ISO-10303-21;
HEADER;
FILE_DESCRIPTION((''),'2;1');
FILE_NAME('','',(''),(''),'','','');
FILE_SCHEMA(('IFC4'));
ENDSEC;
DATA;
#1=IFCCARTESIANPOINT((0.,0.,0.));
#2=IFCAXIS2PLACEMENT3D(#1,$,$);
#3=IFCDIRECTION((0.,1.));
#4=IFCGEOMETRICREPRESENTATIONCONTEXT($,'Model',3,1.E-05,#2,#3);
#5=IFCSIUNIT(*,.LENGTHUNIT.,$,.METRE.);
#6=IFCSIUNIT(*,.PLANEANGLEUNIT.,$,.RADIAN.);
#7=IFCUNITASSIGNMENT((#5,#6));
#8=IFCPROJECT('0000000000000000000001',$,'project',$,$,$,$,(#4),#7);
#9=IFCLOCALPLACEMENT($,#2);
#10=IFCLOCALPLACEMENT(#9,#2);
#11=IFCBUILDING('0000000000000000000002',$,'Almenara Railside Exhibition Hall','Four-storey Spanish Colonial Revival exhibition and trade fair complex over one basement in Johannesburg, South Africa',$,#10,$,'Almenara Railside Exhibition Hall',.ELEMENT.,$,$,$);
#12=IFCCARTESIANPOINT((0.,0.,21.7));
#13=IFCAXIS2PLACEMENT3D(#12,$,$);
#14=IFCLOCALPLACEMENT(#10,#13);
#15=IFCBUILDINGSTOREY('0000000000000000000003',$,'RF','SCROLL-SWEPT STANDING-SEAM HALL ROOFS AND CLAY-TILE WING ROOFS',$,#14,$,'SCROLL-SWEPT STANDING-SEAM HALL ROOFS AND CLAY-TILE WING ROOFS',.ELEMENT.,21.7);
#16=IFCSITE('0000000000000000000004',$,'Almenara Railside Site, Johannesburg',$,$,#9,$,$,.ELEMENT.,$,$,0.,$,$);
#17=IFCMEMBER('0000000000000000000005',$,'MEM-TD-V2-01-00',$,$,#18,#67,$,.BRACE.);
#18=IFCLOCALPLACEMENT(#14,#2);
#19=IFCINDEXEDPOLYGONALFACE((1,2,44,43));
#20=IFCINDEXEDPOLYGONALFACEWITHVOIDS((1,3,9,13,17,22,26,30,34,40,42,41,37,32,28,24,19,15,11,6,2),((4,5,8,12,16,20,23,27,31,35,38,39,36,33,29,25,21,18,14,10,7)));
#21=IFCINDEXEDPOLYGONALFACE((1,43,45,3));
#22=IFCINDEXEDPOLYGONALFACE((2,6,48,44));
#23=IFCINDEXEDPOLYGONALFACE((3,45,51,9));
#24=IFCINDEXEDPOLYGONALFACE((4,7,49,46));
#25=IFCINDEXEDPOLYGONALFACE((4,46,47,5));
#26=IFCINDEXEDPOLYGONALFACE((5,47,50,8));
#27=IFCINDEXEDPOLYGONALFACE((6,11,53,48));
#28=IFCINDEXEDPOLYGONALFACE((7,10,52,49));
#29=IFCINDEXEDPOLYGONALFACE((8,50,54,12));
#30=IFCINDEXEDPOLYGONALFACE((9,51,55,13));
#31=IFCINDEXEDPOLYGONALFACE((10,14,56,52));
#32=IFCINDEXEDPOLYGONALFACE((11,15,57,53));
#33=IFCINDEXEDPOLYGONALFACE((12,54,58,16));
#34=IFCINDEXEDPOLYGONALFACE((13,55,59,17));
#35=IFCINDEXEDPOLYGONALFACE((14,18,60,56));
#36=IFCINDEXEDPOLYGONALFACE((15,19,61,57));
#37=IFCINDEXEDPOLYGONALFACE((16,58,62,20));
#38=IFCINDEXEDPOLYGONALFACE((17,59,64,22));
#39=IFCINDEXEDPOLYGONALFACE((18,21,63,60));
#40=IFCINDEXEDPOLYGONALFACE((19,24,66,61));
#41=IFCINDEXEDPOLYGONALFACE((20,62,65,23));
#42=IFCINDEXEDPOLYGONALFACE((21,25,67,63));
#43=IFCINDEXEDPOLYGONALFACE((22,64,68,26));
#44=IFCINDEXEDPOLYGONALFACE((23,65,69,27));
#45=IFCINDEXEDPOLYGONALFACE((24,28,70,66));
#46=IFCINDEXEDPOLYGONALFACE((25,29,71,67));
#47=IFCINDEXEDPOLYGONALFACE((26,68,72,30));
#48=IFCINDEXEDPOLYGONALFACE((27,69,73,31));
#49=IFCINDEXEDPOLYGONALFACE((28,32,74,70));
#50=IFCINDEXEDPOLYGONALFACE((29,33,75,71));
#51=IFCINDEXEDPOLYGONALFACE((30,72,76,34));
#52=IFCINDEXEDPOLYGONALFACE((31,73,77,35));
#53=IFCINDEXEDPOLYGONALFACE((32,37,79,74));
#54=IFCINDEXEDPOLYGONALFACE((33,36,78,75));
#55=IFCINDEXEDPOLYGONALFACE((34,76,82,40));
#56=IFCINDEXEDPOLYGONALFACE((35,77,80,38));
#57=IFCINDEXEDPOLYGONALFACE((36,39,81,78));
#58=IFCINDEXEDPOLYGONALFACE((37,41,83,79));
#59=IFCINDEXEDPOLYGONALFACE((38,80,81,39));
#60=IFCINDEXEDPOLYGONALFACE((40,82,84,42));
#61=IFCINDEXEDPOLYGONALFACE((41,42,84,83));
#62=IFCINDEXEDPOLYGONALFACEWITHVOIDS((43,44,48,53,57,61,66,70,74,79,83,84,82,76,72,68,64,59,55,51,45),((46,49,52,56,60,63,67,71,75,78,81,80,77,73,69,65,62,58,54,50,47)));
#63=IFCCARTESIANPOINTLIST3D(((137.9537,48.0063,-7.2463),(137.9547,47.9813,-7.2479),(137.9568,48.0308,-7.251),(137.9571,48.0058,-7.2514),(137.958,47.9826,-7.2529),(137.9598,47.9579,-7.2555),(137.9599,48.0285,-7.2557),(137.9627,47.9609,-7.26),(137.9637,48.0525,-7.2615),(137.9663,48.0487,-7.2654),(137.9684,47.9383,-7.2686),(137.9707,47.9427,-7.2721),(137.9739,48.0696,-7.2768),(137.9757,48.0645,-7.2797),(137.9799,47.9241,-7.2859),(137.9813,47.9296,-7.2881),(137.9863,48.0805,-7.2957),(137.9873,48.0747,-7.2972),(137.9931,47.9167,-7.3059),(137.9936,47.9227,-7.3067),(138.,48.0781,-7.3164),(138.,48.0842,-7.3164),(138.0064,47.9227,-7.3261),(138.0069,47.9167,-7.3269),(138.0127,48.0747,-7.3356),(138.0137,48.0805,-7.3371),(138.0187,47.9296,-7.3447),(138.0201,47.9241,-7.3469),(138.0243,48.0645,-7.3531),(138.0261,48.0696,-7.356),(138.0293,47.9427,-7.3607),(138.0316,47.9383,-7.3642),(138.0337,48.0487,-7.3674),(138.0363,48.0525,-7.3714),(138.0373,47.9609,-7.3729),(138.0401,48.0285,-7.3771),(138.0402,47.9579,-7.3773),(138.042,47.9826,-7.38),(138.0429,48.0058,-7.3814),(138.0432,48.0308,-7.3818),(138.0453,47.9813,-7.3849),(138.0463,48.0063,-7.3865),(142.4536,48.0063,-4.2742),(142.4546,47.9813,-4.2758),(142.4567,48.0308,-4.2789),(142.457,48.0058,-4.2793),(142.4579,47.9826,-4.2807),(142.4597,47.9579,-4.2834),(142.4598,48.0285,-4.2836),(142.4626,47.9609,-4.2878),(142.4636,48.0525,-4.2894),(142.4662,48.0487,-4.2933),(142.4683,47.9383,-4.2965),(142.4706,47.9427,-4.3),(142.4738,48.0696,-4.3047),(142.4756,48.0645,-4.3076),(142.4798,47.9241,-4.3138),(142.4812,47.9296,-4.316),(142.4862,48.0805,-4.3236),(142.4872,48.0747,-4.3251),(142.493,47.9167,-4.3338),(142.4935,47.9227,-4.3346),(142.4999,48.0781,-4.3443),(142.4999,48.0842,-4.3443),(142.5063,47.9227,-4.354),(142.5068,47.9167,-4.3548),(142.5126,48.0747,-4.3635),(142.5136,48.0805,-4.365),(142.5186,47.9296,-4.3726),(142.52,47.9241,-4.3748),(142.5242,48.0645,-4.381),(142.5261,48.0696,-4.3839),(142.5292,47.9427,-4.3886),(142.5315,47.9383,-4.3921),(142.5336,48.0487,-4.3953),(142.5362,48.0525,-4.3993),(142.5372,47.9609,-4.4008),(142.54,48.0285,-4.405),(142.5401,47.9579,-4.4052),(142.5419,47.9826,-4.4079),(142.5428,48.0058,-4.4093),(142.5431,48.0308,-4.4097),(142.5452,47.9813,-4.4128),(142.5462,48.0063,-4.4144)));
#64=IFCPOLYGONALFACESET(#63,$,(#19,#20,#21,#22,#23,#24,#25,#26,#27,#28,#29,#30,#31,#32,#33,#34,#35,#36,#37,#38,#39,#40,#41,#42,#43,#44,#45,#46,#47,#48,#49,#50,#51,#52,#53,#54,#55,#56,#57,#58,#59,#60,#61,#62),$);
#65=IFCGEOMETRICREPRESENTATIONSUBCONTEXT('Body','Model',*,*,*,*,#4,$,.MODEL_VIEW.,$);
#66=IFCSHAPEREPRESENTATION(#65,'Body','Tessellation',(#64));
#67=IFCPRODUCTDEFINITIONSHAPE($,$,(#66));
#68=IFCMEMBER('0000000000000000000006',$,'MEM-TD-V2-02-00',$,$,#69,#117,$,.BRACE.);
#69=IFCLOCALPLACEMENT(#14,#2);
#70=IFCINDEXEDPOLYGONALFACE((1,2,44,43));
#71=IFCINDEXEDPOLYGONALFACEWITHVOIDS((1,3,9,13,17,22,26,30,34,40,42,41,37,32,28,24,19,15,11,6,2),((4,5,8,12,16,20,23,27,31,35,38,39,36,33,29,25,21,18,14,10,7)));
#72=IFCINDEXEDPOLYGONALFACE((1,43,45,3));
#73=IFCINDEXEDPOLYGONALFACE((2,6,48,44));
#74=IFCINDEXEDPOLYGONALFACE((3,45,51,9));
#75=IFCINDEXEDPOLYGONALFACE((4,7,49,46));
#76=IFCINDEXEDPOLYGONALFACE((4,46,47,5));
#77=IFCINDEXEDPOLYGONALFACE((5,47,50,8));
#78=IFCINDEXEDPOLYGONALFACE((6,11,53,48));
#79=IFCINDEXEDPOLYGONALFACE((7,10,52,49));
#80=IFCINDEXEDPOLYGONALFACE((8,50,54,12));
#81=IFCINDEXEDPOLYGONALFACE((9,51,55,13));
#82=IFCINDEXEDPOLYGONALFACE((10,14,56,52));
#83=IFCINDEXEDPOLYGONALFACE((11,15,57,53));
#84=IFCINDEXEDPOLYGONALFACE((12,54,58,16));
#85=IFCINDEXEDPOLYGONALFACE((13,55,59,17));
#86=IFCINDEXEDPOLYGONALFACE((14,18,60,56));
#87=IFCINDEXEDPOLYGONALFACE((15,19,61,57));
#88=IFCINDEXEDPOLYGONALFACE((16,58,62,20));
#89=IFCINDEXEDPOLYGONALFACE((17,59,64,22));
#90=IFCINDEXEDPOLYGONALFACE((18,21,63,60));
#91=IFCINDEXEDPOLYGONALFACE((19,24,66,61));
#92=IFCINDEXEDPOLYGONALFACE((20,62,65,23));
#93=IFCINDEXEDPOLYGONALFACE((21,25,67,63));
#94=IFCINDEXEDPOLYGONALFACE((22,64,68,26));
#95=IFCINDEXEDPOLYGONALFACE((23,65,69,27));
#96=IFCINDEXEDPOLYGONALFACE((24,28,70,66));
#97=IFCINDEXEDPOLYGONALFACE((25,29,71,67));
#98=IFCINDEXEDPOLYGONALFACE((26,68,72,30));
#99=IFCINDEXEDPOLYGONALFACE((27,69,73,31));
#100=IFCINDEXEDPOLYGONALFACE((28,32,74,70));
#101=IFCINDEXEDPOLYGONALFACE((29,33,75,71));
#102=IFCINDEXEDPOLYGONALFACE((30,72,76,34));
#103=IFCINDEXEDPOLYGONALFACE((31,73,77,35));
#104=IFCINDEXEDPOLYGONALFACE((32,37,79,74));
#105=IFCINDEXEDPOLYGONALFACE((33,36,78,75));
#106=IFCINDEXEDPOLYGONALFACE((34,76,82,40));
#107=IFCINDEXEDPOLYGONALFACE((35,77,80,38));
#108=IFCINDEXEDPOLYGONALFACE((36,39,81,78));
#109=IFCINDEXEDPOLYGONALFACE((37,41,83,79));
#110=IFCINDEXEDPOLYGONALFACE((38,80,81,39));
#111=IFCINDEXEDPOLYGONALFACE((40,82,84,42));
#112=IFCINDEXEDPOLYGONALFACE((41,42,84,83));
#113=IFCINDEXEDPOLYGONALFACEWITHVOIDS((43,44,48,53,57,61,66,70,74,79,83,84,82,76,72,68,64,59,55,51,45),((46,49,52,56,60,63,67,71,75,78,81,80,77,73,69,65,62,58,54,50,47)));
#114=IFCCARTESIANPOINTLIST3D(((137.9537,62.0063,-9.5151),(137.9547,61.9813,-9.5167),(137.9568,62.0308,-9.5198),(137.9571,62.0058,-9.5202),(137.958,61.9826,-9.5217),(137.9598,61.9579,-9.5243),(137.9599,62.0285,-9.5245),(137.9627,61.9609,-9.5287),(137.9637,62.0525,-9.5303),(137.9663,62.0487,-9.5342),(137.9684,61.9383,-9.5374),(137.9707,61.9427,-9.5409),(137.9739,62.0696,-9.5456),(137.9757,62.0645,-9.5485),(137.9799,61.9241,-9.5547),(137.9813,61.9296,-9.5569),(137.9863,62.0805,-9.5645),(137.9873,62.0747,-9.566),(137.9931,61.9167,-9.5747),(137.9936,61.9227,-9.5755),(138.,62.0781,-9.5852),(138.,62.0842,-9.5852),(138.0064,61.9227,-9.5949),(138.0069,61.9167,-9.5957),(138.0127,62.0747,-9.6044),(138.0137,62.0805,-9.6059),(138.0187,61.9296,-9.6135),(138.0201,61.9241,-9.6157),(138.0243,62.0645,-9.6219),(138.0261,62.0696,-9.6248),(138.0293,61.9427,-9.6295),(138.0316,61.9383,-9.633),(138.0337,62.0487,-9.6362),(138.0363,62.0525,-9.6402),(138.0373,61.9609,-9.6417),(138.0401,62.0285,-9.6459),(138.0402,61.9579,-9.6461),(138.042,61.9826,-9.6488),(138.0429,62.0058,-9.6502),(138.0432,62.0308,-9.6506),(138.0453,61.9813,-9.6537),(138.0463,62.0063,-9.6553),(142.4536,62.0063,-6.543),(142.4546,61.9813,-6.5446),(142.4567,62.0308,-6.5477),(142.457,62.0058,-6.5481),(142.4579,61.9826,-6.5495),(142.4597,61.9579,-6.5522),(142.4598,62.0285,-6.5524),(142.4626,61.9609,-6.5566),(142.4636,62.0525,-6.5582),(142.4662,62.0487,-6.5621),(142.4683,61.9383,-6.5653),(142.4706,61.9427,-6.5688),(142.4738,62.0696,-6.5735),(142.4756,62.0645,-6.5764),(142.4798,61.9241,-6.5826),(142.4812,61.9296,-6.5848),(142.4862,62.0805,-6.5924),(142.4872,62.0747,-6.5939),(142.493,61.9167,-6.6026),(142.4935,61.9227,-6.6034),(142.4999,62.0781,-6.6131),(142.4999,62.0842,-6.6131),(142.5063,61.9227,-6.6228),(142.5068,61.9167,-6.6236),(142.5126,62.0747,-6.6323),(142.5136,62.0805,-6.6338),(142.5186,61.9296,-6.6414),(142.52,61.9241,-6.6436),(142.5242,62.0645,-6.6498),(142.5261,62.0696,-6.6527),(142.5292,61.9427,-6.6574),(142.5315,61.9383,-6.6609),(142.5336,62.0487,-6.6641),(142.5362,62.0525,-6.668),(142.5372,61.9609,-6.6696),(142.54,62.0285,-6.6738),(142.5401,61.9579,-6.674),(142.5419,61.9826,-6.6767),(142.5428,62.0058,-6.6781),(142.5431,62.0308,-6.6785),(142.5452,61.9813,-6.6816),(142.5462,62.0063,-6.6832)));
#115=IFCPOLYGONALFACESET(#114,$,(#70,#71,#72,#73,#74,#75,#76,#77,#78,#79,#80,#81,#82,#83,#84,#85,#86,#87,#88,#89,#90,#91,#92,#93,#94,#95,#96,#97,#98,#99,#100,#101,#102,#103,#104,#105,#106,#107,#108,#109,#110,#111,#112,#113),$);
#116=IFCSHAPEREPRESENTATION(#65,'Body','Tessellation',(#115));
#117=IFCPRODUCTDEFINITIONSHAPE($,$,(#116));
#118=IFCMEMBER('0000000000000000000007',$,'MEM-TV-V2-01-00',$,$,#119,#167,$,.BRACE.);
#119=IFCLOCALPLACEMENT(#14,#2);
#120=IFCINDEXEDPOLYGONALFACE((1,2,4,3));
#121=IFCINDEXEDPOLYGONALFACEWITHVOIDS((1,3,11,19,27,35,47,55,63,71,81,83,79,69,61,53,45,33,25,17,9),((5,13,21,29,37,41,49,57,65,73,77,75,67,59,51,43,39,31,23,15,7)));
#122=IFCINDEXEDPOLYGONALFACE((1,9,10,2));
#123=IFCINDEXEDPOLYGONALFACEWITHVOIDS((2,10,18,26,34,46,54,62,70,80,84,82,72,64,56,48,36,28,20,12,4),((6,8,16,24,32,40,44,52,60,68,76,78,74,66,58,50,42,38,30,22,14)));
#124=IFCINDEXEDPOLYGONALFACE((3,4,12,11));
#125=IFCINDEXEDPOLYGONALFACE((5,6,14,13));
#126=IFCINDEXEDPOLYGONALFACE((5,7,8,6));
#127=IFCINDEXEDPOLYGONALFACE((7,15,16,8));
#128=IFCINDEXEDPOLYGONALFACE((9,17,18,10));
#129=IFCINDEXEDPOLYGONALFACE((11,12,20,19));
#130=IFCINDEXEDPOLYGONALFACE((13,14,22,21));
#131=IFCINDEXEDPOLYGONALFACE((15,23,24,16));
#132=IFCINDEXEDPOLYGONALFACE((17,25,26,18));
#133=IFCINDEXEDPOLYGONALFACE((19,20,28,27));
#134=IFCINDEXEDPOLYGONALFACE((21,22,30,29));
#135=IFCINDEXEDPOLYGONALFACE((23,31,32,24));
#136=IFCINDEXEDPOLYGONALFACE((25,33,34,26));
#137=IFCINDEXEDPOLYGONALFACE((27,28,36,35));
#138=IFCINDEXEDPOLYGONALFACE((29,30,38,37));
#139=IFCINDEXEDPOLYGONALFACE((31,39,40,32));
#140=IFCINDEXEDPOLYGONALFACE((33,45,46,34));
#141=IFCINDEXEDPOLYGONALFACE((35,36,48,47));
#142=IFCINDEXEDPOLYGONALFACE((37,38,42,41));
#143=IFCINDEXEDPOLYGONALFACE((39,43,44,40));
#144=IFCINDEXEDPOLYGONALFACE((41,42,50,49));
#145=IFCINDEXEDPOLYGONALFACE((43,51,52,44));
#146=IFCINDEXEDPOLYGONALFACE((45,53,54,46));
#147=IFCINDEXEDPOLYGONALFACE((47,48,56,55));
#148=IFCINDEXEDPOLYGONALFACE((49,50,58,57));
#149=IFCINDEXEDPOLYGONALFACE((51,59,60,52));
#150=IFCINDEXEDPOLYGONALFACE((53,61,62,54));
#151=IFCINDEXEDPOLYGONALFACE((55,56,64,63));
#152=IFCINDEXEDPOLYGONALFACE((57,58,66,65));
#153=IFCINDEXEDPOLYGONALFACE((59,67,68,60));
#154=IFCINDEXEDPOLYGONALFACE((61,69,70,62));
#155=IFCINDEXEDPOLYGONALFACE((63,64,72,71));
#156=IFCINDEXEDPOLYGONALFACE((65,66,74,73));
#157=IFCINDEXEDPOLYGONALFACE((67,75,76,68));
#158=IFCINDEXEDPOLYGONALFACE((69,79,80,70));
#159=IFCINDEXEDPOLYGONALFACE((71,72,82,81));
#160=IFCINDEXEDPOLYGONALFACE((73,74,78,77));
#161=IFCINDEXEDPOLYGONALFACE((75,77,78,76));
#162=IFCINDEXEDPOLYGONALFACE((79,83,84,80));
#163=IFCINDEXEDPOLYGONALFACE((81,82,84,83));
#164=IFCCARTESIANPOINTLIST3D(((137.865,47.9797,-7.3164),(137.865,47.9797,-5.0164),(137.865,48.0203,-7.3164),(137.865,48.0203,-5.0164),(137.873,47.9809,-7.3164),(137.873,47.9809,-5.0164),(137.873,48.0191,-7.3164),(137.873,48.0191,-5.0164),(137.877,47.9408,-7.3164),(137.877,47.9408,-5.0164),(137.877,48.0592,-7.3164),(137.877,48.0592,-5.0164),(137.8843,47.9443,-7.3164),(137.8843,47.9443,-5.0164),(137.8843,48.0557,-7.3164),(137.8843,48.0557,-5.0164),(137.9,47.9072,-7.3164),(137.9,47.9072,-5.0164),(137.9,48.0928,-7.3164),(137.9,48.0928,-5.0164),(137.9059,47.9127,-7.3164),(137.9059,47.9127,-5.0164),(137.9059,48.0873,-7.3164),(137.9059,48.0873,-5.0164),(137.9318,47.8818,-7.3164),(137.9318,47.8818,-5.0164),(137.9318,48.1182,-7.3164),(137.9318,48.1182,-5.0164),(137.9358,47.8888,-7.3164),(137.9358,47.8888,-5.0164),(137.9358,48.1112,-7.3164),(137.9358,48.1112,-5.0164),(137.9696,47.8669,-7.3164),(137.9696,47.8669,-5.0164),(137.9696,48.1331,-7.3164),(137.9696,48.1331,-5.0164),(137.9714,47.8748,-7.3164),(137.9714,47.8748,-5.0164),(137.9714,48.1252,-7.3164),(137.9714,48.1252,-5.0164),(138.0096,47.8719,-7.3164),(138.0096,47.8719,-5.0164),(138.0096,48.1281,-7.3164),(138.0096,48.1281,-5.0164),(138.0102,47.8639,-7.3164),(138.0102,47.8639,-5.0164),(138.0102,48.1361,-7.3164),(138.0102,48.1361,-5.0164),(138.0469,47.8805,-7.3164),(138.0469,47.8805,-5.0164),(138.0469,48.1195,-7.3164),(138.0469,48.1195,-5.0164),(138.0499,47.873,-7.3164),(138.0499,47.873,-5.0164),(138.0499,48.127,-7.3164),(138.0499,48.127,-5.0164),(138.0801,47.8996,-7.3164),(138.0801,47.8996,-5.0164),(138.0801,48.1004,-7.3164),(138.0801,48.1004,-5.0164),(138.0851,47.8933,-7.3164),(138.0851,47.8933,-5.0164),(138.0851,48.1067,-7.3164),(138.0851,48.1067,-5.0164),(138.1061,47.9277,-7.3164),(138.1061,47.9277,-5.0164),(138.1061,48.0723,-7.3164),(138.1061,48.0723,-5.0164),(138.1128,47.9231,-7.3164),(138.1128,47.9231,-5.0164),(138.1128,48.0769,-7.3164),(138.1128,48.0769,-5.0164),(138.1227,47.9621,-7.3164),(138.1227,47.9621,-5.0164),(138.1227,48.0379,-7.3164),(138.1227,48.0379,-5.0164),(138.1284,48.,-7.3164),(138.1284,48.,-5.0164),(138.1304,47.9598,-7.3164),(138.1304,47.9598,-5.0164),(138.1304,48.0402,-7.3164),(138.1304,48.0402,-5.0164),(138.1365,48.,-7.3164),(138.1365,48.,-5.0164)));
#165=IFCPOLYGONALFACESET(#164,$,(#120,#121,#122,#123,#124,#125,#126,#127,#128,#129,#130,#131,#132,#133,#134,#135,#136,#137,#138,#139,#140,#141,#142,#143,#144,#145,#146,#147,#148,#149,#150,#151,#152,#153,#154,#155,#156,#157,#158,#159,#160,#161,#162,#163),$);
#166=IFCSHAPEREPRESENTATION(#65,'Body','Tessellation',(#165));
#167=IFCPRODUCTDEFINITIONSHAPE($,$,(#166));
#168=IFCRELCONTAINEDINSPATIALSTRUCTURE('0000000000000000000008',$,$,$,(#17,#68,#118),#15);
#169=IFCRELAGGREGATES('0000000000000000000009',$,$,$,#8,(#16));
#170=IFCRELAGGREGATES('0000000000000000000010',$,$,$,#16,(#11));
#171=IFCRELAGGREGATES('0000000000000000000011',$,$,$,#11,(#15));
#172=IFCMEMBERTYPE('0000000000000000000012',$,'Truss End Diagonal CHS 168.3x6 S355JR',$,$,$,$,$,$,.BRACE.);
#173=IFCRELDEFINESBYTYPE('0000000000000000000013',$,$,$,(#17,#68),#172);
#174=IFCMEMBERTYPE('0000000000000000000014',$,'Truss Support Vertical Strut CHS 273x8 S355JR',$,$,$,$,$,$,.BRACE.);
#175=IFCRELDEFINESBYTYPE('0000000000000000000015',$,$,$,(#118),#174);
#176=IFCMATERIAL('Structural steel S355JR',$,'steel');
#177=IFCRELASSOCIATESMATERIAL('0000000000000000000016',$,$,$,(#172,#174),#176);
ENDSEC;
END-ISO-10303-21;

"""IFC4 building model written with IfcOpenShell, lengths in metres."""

from ifc_helpers import new_model, si_unit, direction, frame, origin, origin_2d, place, context, subcontext, project, spatial, hollow_circle, extrude, material, material_profile, profile_set, type_object, element, save


model = new_model("IFC4")

# Units and contexts
model_context = context("Model", 3, precision=1e-05, world=origin(), true_north=direction((0.0, 1.0)))
body_context = subcontext(model_context, "Body", "Model", "MODEL_VIEW")
ifc_project = project(units=[si_unit("LENGTHUNIT", "METRE"), si_unit("PLANEANGLEUNIT", "RADIAN")], contexts=[model_context])

# Site, building, storey
site_placement = place(None, origin())
site = spatial("IfcSite", under=ifc_project, at=site_placement, Name="Almenara Railside Site, Johannesburg", CompositionType="ELEMENT", RefElevation=0.0)
building_placement = place(site_placement, origin())
building = spatial("IfcBuilding", under=site, at=building_placement, Name="Almenara Railside Exhibition Hall", Description="Four-storey Spanish Colonial Revival exhibition and trade fair complex over one basement in Johannesburg, South Africa", LongName="Almenara Railside Exhibition Hall", CompositionType="ELEMENT")
storey_placement = place(building_placement, frame((0.0, 0.0, 21.7)))
storey = spatial("IfcBuildingStorey", under=building, at=storey_placement, Name="RF", Description="SCROLL-SWEPT STANDING-SEAM HALL ROOFS AND CLAY-TILE WING ROOFS", LongName="SCROLL-SWEPT STANDING-SEAM HALL ROOFS AND CLAY-TILE WING ROOFS", CompositionType="ELEMENT", Elevation=21.7)

# Shared definitions
ifc_material_1 = material(Name="Structural steel S355JR", Category="steel")

# Members
ifc_material_profile_1 = material_profile(ifc_material_1, hollow_circle(Radius=0.0842, WallThickness=0.0061, at=origin_2d()), Name="CHS 168.3x6")
ifc_profile_set_1 = profile_set([ifc_material_profile_1], Name="Structural steel S355JR")
member_type_1 = type_object("IfcMemberType", Name="Truss End Diagonal CHS 168.3x6 S355JR", PredefinedType="BRACE", material=ifc_profile_set_1)
for number, where, z_axis, x_axis, name in (
    (1, (138.0, 48.0, -7.3164), (0.834425, 0.0, 0.551122), (0.0, 1.0, 0.0), "MEM-TD-V2-01-00"),
    (2, (138.0, 62.0, -9.5852), (0.834425, 0.0, 0.551122), (0.0, 1.0, 0.0), "MEM-TD-V2-02-00"),
):
    element("IfcMember", number, at=place(storey_placement, frame(where, z_axis=z_axis, x_axis=x_axis)), inside=storey, type_object=member_type_1, Name=name, PredefinedType="BRACE", context=body_context, shape_type="SweptSolid", body=[
        extrude(hollow_circle(Radius=0.0842, WallThickness=0.0061, at=origin_2d()), origin(), (0.0, 0.0, 1.0), 5.3928),
    ])
ifc_material_profile_2 = material_profile(ifc_material_1, hollow_circle(Radius=0.1365, WallThickness=0.0081, at=origin_2d()), Name="CHS 273x8")
ifc_profile_set_2 = profile_set([ifc_material_profile_2], Name="Structural steel S355JR")
member_type_2 = type_object("IfcMemberType", Name="Truss Support Vertical Strut CHS 273x8 S355JR", PredefinedType="BRACE", material=ifc_profile_set_2)
for number, where, z_axis, x_axis, name in (
    (3, (138.0, 48.0, -7.3164), (0.0, 0.0, 1.0), (1.0, 0.0, 0.0), "MEM-TV-V2-01-00"),
):
    element("IfcMember", number, at=place(storey_placement, frame(where, z_axis=z_axis, x_axis=x_axis)), inside=storey, type_object=member_type_2, Name=name, PredefinedType="BRACE", context=body_context, shape_type="SweptSolid", body=[
        extrude(hollow_circle(Radius=0.1365, WallThickness=0.0081, at=origin_2d()), origin(), (0.0, 0.0, 1.0), 2.3),
    ])

save(model, "model.ifc")
